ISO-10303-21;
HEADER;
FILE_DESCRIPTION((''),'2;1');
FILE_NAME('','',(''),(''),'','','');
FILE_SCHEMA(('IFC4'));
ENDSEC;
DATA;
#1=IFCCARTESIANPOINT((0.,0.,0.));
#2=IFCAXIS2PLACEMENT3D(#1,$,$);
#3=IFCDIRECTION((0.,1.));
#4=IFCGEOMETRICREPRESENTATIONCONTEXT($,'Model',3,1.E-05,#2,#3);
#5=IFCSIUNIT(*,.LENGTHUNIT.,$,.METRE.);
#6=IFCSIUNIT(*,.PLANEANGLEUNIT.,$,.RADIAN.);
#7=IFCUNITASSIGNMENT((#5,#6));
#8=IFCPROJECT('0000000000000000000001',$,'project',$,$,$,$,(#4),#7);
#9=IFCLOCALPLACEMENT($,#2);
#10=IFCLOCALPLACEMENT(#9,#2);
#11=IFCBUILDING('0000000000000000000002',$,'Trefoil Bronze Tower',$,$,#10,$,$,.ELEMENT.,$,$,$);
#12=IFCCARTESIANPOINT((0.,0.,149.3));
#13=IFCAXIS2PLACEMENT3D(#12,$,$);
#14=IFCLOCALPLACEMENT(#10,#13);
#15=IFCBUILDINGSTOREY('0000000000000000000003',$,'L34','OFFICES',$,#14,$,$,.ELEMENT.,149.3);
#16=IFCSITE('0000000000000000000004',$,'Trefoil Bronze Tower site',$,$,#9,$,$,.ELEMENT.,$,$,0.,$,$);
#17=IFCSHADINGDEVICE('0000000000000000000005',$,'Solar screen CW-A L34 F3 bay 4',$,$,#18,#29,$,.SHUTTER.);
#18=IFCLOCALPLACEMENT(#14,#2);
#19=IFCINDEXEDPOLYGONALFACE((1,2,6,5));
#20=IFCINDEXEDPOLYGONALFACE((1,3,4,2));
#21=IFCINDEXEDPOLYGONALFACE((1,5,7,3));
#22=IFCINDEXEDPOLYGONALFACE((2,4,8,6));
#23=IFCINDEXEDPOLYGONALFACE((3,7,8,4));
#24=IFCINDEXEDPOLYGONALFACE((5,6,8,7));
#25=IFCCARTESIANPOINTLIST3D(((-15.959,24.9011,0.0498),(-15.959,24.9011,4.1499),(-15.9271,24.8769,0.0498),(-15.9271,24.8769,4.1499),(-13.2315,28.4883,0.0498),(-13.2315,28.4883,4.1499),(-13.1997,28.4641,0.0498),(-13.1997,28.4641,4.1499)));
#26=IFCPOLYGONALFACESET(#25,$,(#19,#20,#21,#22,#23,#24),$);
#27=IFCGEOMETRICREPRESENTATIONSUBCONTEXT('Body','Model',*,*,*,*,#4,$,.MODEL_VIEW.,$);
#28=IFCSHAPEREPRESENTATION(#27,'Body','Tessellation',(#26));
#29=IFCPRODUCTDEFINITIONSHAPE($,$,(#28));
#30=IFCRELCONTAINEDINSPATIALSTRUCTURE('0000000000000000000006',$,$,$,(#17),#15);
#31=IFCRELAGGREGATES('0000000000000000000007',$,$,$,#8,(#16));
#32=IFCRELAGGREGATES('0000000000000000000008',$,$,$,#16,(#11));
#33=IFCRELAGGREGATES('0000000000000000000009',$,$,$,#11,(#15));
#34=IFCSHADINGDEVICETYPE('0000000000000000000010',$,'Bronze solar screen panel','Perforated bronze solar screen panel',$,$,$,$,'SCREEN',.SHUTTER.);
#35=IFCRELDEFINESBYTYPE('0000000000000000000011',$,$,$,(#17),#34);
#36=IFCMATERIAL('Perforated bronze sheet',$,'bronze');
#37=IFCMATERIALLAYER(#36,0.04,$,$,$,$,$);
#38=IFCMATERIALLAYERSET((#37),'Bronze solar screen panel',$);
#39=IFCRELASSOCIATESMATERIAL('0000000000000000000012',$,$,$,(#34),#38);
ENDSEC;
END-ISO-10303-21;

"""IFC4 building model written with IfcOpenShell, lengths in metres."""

from ifc_helpers import new_model, si_unit, direction, frame, origin, origin_2d, place, context, subcontext, project, spatial, rectangle, extrude, material, layer, layer_set, type_object, element, save


model = new_model("IFC4")

# Units and contexts
model_context = context("Model", 3, precision=1e-05, world=origin(), true_north=direction((0.0, 1.0)))
body_context = subcontext(model_context, "Body", "Model", "MODEL_VIEW")
ifc_project = project(units=[si_unit("LENGTHUNIT", "METRE"), si_unit("PLANEANGLEUNIT", "RADIAN")], contexts=[model_context])

# Site, building, storey
site_placement = place(None, origin())
site = spatial("IfcSite", under=ifc_project, at=site_placement, Name="Trefoil Bronze Tower site", CompositionType="ELEMENT", RefElevation=0.0)
building_placement = place(site_placement, origin())
building = spatial("IfcBuilding", under=site, at=building_placement, Name="Trefoil Bronze Tower", CompositionType="ELEMENT")
storey_placement = place(building_placement, frame((0.0, 0.0, 149.3)))
storey = spatial("IfcBuildingStorey", under=building, at=storey_placement, Name="L34", Description="OFFICES", CompositionType="ELEMENT", Elevation=149.3)

# Shading device
ifc_material_1 = material(Name="Perforated bronze sheet", Category="bronze")
ifc_layer_1 = layer(ifc_material_1, 0.04)
ifc_layer_set_1 = layer_set([ifc_layer_1], Name="Bronze solar screen panel")
shading_device_type = type_object("IfcShadingDeviceType", Name="Bronze solar screen panel", Description="Perforated bronze solar screen panel", ElementType="SCREEN", PredefinedType="SHUTTER", material=ifc_layer_set_1)
shading_device_1_placement = place(storey_placement, frame((-14.5793, 26.6826, 0.0498), z_axis=(0.0, 0.0, 1.0), x_axis=(-0.605252, -0.796034, 0.0)))
element("IfcShadingDevice", 1, at=shading_device_1_placement, inside=storey, type_object=shading_device_type, Name="Solar screen CW-A L34 F3 bay 4", PredefinedType="SHUTTER", context=body_context, shape_type="SweptSolid", body=[
    extrude(rectangle(XDim=4.5063, YDim=0.04, at=origin_2d()), origin(), (0.0, 0.0, 1.0), 4.1001),
])

save(model, "model.ifc")
